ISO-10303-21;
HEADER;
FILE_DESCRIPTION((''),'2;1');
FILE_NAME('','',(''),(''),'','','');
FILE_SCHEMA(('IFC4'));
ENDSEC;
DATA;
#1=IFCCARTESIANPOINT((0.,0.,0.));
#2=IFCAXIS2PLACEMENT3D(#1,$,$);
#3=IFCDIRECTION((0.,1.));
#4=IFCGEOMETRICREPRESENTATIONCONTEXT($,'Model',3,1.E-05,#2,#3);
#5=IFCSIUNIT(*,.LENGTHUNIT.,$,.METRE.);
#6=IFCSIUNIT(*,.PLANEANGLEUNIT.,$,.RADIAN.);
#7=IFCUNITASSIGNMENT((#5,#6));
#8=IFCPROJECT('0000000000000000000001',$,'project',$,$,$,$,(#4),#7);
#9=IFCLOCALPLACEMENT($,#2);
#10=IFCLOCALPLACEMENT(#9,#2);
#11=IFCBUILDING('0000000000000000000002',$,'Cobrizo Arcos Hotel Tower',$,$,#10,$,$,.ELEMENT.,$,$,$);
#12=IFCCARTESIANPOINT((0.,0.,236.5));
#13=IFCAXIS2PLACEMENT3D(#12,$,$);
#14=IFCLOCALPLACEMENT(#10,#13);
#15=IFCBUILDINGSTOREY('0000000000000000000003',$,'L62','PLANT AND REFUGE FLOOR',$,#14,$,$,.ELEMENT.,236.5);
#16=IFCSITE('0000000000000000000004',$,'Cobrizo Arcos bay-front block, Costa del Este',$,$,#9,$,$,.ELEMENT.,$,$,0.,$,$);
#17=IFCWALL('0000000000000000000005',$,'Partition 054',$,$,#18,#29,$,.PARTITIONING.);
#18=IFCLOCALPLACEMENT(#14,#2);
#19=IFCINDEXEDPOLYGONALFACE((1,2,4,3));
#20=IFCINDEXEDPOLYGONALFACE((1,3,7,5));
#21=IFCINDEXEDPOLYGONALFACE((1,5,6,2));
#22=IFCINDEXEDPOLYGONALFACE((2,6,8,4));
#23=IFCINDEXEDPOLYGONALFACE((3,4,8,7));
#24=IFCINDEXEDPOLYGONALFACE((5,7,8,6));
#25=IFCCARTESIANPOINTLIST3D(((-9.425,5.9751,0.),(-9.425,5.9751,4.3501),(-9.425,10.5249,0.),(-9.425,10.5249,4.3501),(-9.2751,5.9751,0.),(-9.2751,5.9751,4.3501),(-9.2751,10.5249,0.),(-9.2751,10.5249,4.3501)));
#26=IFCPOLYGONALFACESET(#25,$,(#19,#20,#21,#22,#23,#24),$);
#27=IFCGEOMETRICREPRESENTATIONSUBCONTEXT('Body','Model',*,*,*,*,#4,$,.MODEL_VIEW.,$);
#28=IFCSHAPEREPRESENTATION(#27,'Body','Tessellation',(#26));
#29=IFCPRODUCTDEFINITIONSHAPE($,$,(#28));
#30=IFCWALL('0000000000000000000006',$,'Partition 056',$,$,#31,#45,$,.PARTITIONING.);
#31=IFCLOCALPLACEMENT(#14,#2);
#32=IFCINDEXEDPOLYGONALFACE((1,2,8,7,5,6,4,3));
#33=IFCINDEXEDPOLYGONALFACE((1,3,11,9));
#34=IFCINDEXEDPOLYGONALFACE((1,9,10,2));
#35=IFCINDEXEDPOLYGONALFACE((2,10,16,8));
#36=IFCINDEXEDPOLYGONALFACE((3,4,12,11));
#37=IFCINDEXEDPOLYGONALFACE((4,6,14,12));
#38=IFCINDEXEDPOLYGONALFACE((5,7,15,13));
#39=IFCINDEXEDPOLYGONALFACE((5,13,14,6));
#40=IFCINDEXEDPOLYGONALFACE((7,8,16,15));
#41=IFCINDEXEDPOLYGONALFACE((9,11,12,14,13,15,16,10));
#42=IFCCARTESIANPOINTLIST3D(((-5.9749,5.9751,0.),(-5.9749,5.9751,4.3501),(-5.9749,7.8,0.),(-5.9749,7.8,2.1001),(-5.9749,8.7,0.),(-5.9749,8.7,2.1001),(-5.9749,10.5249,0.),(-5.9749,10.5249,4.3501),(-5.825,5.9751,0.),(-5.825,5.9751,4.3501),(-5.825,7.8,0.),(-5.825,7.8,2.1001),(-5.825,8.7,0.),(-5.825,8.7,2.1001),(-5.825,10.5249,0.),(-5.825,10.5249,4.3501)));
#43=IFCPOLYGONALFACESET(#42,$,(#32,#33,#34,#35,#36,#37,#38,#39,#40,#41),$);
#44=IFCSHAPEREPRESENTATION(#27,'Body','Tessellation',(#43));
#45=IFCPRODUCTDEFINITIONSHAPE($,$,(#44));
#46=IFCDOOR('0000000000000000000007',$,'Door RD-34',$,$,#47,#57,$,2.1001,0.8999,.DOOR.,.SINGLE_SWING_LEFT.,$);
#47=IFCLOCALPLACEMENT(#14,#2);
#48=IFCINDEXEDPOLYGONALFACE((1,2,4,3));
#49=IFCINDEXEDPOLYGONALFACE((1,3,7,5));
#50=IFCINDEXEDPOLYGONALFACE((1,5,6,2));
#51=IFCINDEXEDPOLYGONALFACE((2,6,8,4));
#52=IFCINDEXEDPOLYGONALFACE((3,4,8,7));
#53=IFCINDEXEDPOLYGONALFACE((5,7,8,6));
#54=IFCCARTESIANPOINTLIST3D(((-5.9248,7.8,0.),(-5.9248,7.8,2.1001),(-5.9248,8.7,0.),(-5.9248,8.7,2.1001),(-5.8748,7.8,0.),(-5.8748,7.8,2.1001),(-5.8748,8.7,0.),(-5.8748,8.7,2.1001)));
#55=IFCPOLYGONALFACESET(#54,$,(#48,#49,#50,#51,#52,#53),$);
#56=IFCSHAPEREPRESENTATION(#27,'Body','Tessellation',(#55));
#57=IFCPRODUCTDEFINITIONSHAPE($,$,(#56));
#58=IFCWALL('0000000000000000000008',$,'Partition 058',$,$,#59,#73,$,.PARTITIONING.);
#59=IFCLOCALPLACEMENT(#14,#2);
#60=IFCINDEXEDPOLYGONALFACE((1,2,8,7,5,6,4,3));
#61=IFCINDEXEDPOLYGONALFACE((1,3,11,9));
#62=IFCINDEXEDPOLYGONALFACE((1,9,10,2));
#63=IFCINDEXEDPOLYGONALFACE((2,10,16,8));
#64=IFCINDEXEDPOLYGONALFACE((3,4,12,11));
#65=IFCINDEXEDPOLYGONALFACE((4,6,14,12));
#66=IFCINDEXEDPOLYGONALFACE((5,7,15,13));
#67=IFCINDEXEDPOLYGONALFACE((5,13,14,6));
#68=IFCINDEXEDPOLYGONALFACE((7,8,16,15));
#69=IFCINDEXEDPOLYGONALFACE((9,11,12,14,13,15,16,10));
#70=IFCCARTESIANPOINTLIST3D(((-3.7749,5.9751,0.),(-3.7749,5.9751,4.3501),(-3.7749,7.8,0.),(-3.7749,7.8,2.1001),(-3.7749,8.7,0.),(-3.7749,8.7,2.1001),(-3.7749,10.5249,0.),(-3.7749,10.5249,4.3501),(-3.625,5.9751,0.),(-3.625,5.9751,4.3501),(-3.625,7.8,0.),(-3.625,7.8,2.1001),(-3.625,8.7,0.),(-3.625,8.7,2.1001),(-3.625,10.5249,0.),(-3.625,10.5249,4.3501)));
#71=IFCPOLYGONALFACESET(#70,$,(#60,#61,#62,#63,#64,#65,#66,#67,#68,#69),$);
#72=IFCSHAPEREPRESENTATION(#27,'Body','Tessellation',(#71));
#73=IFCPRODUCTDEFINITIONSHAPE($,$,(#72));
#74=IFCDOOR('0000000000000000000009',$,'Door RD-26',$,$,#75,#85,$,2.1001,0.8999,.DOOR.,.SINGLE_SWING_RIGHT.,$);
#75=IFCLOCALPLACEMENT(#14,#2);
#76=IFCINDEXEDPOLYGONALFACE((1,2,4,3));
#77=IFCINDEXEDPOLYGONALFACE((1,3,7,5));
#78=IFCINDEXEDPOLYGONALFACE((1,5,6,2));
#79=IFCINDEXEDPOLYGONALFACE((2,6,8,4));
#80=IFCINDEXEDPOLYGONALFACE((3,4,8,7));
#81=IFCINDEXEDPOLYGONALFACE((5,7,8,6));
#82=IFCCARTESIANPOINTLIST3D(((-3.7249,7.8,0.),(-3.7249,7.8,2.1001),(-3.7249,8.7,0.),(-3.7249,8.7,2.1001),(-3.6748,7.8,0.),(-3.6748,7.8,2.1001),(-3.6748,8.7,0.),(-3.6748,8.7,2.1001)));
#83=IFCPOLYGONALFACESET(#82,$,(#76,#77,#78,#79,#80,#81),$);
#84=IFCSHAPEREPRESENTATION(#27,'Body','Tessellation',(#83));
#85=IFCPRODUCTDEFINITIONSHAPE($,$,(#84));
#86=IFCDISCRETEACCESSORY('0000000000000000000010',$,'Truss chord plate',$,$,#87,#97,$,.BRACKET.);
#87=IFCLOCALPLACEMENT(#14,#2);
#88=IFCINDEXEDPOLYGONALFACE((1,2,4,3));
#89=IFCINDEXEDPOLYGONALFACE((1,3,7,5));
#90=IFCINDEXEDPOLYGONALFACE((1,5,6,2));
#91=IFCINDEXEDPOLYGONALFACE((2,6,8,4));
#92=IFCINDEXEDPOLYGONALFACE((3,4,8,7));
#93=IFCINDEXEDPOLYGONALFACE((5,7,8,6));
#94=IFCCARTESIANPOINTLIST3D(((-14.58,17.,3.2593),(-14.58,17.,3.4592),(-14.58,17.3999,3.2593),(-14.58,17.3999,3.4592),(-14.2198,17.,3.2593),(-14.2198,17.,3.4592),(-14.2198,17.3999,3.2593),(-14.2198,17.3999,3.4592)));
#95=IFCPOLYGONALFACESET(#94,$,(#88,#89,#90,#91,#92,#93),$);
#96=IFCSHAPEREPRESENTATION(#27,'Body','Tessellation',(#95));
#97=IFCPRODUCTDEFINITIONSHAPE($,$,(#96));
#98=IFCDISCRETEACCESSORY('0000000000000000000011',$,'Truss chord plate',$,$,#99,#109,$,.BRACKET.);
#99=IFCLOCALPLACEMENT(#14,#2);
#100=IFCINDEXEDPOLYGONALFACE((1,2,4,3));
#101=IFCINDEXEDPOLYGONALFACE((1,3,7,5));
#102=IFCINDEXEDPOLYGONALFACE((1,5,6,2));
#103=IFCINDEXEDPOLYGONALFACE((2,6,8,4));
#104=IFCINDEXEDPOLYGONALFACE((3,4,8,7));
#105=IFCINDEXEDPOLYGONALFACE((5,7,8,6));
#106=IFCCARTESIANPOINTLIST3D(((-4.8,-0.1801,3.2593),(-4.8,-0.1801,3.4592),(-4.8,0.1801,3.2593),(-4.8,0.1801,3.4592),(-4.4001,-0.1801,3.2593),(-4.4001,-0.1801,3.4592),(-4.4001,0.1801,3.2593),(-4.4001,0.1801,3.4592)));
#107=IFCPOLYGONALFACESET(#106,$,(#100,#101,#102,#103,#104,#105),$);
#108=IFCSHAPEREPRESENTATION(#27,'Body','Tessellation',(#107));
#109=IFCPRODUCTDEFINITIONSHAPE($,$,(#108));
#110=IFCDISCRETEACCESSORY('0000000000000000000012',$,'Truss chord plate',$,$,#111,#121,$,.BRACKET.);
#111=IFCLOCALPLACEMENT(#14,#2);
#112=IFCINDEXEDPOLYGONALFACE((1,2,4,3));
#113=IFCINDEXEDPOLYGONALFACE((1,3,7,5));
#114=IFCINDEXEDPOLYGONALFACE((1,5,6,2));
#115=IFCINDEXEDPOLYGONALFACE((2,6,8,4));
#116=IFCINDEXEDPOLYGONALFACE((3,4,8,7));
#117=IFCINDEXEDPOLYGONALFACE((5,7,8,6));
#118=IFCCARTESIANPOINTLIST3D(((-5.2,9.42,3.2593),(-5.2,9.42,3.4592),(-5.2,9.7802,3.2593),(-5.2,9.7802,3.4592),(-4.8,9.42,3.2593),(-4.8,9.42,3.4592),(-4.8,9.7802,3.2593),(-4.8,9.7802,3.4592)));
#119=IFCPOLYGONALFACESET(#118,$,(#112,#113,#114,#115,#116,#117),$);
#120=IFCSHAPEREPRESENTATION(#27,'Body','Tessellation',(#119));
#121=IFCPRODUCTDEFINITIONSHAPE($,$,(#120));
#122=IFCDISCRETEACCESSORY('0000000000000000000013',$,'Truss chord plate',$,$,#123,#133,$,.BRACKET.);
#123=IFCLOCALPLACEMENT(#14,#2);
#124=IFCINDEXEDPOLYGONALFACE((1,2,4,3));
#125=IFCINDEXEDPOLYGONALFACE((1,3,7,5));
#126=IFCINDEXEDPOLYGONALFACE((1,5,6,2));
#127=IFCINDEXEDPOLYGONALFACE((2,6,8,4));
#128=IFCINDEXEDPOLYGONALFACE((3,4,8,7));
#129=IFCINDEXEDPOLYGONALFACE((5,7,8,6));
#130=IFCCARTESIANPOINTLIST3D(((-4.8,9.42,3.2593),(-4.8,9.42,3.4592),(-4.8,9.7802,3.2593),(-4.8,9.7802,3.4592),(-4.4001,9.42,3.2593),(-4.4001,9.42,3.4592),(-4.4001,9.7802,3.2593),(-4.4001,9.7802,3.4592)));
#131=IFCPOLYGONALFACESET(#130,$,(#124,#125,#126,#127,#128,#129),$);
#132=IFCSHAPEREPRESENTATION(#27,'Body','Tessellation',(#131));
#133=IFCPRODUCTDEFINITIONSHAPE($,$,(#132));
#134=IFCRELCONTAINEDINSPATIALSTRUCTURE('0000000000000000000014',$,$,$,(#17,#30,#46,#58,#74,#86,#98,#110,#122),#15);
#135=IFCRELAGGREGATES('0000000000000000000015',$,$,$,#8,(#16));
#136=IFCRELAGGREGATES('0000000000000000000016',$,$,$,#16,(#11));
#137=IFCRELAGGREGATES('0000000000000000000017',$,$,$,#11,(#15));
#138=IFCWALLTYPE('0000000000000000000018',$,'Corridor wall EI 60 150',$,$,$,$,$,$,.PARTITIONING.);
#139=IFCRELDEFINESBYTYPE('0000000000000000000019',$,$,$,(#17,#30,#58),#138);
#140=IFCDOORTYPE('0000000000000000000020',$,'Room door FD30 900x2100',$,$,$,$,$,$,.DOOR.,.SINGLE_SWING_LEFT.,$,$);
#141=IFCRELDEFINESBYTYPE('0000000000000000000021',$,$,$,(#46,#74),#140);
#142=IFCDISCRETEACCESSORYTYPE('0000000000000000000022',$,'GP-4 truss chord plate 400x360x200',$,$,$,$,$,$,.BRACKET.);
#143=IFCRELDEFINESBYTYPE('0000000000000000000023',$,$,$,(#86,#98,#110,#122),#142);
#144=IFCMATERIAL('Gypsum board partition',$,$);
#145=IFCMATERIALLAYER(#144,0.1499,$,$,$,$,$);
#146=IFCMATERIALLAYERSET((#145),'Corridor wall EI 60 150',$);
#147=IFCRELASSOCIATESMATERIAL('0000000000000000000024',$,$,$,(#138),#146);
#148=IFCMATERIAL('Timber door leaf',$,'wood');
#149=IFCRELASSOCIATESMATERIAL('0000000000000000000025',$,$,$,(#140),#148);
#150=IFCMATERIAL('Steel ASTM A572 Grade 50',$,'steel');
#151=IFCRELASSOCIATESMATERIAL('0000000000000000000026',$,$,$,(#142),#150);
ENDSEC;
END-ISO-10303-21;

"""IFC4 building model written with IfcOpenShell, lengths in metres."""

from ifc_helpers import new_model, si_unit, direction, frame, frame_2d, origin, origin_2d, place, context, subcontext, project, spatial, rectangle, extrude, material, layer, layer_set, type_object, element, fill, save


model = new_model("IFC4")

# Units and contexts
model_context = context("Model", 3, precision=1e-05, world=origin(), true_north=direction((0.0, 1.0)))
body_context = subcontext(model_context, "Body", "Model", "MODEL_VIEW")
ifc_project = project(units=[si_unit("LENGTHUNIT", "METRE"), si_unit("PLANEANGLEUNIT", "RADIAN")], contexts=[model_context])

# Site, building, storey
site_placement = place(None, origin())
site = spatial("IfcSite", under=ifc_project, at=site_placement, Name="Cobrizo Arcos bay-front block, Costa del Este", CompositionType="ELEMENT", RefElevation=0.0)
building_placement = place(site_placement, origin())
building = spatial("IfcBuilding", under=site, at=building_placement, Name="Cobrizo Arcos Hotel Tower", CompositionType="ELEMENT")
storey_placement = place(building_placement, frame((0.0, 0.0, 236.5)))
storey = spatial("IfcBuildingStorey", under=building, at=storey_placement, Name="L62", Description="PLANT AND REFUGE FLOOR", CompositionType="ELEMENT", Elevation=236.5)

# Shared definitions
ifc_material_1 = material(Name="Gypsum board partition")
ifc_layer_1 = layer(ifc_material_1, 0.1499)
ifc_layer_set_1 = layer_set([ifc_layer_1], Name="Corridor wall EI 60 150")
wall_type = type_object("IfcWallType", Name="Corridor wall EI 60 150", PredefinedType="PARTITIONING", material=ifc_layer_set_1)
ifc_material_2 = material(Name="Timber door leaf", Category="wood")
door_type = type_object("IfcDoorType", Name="Room door FD30 900x2100", OperationType="SINGLE_SWING_LEFT", PredefinedType="DOOR", material=ifc_material_2)

# Wall
wall_1_placement = place(storey_placement, frame((-9.3501, 5.9751, 0.0), z_axis=(0.0, 0.0, 1.0), x_axis=(0.0, 1.0, 0.0)))
element("IfcWall", 1, at=wall_1_placement, inside=storey, type_object=wall_type, Name="Partition 054", PredefinedType="PARTITIONING", context=body_context, shape_type="SweptSolid", body=[
    extrude(rectangle(XDim=4.5498, YDim=0.1499, at=frame_2d((2.2749, 0.0))), origin(), (0.0, 0.0, 1.0), 4.3501),
])

# Walls, openings, doors
wall_2_placement = place(storey_placement, frame((-5.8999, 5.9751, 0.0), z_axis=(0.0, 0.0, 1.0), x_axis=(0.0, 1.0, 0.0)))
wall_2 = element("IfcWall", 2, at=wall_2_placement, inside=storey, type_object=wall_type, Name="Partition 056", PredefinedType="PARTITIONING", context=body_context, shape_type="SweptSolid", body=[
    extrude(rectangle(XDim=4.5498, YDim=0.1499, at=frame_2d((2.2749, 0.0))), origin(), (0.0, 0.0, 1.0), 4.3501),
])
opening_1_placement = place(wall_2_placement, frame((1.825, 0.0, 0.0)))
opening_1 = element("IfcOpeningElement", 3, at=opening_1_placement, cuts=wall_2, PredefinedType="OPENING", context=body_context, shape_type="SweptSolid", body=[
    extrude(rectangle(XDim=0.8999, YDim=2.1001, at=frame_2d((0.45, 1.05))), frame((0.0, 0.0869, 0.0), z_axis=(0.0, -1.0, 0.0), x_axis=(1.0, 0.0, 0.0)), (0.0, 0.0, 1.0), 0.1738),
])
door_1_placement = place(opening_1_placement, origin())
door_1 = element("IfcDoor", 4, at=door_1_placement, inside=storey, type_object=door_type, Name="Door RD-34", OperationType="SINGLE_SWING_LEFT", OverallHeight=2.1001, OverallWidth=0.8999, PredefinedType="DOOR", context=body_context, shape_type="SweptSolid", body=[
    extrude(rectangle(XDim=0.8999, YDim=2.1001, at=frame_2d((0.45, 1.05))), frame((0.0, 0.0249, 0.0), z_axis=(0.0, -1.0, 0.0), x_axis=(1.0, 0.0, 0.0)), (0.0, 0.0, 1.0), 0.05),
])
fill(opening_1, door_1)
wall_3_placement = place(storey_placement, frame((-3.7, 5.9751, 0.0), z_axis=(0.0, 0.0, 1.0), x_axis=(0.0, 1.0, 0.0)))
wall_3 = element("IfcWall", 5, at=wall_3_placement, inside=storey, type_object=wall_type, Name="Partition 058", PredefinedType="PARTITIONING", context=body_context, shape_type="SweptSolid", body=[
    extrude(rectangle(XDim=4.5498, YDim=0.1499, at=frame_2d((2.2749, 0.0))), origin(), (0.0, 0.0, 1.0), 4.3501),
])
opening_2_placement = place(wall_3_placement, frame((1.825, 0.0, 0.0)))
opening_2 = element("IfcOpeningElement", 6, at=opening_2_placement, cuts=wall_3, PredefinedType="OPENING", context=body_context, shape_type="SweptSolid", body=[
    extrude(rectangle(XDim=0.8999, YDim=2.1001, at=frame_2d((0.45, 1.05))), frame((0.0, 0.0869, 0.0), z_axis=(0.0, -1.0, 0.0), x_axis=(1.0, 0.0, 0.0)), (0.0, 0.0, 1.0), 0.1738),
])
door_2_placement = place(opening_2_placement, origin())
door_2 = element("IfcDoor", 7, at=door_2_placement, inside=storey, type_object=door_type, Name="Door RD-26", OperationType="SINGLE_SWING_RIGHT", OverallHeight=2.1001, OverallWidth=0.8999, PredefinedType="DOOR", context=body_context, shape_type="SweptSolid", body=[
    extrude(rectangle(XDim=0.8999, YDim=2.1001, at=frame_2d((0.45, 1.05))), frame((0.0, 0.0249, 0.0), z_axis=(0.0, -1.0, 0.0), x_axis=(1.0, 0.0, 0.0)), (0.0, 0.0, 1.0), 0.05),
])
fill(opening_2, door_2)

# Discrete accessories
ifc_material_3 = material(Name="Steel ASTM A572 Grade 50", Category="steel")
discrete_accessory_type = type_object("IfcDiscreteAccessoryType", Name="GP-4 truss chord plate 400x360x200", PredefinedType="BRACKET", material=ifc_material_3)
for number, where, z_axis, x_axis, name in (
    (8, (-14.3999, 17.2, 3.2593), (0.0, 0.0, 1.0), (0.0, -1.0, 0.0), "Truss chord plate"),
    (9, (-4.6001, 0.0, 3.2593), (0.0, 0.0, 1.0), (1.0, 0.0, 0.0), "Truss chord plate"),
    (10, (-5.0, 9.6001, 3.2593), (0.0, 0.0, 1.0), (1.0, 0.0, 0.0), "Truss chord plate"),
    (11, (-4.6001, 9.6001, 3.2593), (0.0, 0.0, 1.0), (1.0, 0.0, 0.0), "Truss chord plate"),
):
    element("IfcDiscreteAccessory", number, at=place(storey_placement, frame(where, z_axis=z_axis, x_axis=x_axis)), inside=storey, type_object=discrete_accessory_type, Name=name, PredefinedType="BRACKET", context=body_context, shape_type="SweptSolid", body=[
        extrude(rectangle(XDim=0.3999, YDim=0.3601, at=origin_2d()), origin(), (0.0, 0.0, 1.0), 0.2),
    ])

save(model, "model.ifc")
